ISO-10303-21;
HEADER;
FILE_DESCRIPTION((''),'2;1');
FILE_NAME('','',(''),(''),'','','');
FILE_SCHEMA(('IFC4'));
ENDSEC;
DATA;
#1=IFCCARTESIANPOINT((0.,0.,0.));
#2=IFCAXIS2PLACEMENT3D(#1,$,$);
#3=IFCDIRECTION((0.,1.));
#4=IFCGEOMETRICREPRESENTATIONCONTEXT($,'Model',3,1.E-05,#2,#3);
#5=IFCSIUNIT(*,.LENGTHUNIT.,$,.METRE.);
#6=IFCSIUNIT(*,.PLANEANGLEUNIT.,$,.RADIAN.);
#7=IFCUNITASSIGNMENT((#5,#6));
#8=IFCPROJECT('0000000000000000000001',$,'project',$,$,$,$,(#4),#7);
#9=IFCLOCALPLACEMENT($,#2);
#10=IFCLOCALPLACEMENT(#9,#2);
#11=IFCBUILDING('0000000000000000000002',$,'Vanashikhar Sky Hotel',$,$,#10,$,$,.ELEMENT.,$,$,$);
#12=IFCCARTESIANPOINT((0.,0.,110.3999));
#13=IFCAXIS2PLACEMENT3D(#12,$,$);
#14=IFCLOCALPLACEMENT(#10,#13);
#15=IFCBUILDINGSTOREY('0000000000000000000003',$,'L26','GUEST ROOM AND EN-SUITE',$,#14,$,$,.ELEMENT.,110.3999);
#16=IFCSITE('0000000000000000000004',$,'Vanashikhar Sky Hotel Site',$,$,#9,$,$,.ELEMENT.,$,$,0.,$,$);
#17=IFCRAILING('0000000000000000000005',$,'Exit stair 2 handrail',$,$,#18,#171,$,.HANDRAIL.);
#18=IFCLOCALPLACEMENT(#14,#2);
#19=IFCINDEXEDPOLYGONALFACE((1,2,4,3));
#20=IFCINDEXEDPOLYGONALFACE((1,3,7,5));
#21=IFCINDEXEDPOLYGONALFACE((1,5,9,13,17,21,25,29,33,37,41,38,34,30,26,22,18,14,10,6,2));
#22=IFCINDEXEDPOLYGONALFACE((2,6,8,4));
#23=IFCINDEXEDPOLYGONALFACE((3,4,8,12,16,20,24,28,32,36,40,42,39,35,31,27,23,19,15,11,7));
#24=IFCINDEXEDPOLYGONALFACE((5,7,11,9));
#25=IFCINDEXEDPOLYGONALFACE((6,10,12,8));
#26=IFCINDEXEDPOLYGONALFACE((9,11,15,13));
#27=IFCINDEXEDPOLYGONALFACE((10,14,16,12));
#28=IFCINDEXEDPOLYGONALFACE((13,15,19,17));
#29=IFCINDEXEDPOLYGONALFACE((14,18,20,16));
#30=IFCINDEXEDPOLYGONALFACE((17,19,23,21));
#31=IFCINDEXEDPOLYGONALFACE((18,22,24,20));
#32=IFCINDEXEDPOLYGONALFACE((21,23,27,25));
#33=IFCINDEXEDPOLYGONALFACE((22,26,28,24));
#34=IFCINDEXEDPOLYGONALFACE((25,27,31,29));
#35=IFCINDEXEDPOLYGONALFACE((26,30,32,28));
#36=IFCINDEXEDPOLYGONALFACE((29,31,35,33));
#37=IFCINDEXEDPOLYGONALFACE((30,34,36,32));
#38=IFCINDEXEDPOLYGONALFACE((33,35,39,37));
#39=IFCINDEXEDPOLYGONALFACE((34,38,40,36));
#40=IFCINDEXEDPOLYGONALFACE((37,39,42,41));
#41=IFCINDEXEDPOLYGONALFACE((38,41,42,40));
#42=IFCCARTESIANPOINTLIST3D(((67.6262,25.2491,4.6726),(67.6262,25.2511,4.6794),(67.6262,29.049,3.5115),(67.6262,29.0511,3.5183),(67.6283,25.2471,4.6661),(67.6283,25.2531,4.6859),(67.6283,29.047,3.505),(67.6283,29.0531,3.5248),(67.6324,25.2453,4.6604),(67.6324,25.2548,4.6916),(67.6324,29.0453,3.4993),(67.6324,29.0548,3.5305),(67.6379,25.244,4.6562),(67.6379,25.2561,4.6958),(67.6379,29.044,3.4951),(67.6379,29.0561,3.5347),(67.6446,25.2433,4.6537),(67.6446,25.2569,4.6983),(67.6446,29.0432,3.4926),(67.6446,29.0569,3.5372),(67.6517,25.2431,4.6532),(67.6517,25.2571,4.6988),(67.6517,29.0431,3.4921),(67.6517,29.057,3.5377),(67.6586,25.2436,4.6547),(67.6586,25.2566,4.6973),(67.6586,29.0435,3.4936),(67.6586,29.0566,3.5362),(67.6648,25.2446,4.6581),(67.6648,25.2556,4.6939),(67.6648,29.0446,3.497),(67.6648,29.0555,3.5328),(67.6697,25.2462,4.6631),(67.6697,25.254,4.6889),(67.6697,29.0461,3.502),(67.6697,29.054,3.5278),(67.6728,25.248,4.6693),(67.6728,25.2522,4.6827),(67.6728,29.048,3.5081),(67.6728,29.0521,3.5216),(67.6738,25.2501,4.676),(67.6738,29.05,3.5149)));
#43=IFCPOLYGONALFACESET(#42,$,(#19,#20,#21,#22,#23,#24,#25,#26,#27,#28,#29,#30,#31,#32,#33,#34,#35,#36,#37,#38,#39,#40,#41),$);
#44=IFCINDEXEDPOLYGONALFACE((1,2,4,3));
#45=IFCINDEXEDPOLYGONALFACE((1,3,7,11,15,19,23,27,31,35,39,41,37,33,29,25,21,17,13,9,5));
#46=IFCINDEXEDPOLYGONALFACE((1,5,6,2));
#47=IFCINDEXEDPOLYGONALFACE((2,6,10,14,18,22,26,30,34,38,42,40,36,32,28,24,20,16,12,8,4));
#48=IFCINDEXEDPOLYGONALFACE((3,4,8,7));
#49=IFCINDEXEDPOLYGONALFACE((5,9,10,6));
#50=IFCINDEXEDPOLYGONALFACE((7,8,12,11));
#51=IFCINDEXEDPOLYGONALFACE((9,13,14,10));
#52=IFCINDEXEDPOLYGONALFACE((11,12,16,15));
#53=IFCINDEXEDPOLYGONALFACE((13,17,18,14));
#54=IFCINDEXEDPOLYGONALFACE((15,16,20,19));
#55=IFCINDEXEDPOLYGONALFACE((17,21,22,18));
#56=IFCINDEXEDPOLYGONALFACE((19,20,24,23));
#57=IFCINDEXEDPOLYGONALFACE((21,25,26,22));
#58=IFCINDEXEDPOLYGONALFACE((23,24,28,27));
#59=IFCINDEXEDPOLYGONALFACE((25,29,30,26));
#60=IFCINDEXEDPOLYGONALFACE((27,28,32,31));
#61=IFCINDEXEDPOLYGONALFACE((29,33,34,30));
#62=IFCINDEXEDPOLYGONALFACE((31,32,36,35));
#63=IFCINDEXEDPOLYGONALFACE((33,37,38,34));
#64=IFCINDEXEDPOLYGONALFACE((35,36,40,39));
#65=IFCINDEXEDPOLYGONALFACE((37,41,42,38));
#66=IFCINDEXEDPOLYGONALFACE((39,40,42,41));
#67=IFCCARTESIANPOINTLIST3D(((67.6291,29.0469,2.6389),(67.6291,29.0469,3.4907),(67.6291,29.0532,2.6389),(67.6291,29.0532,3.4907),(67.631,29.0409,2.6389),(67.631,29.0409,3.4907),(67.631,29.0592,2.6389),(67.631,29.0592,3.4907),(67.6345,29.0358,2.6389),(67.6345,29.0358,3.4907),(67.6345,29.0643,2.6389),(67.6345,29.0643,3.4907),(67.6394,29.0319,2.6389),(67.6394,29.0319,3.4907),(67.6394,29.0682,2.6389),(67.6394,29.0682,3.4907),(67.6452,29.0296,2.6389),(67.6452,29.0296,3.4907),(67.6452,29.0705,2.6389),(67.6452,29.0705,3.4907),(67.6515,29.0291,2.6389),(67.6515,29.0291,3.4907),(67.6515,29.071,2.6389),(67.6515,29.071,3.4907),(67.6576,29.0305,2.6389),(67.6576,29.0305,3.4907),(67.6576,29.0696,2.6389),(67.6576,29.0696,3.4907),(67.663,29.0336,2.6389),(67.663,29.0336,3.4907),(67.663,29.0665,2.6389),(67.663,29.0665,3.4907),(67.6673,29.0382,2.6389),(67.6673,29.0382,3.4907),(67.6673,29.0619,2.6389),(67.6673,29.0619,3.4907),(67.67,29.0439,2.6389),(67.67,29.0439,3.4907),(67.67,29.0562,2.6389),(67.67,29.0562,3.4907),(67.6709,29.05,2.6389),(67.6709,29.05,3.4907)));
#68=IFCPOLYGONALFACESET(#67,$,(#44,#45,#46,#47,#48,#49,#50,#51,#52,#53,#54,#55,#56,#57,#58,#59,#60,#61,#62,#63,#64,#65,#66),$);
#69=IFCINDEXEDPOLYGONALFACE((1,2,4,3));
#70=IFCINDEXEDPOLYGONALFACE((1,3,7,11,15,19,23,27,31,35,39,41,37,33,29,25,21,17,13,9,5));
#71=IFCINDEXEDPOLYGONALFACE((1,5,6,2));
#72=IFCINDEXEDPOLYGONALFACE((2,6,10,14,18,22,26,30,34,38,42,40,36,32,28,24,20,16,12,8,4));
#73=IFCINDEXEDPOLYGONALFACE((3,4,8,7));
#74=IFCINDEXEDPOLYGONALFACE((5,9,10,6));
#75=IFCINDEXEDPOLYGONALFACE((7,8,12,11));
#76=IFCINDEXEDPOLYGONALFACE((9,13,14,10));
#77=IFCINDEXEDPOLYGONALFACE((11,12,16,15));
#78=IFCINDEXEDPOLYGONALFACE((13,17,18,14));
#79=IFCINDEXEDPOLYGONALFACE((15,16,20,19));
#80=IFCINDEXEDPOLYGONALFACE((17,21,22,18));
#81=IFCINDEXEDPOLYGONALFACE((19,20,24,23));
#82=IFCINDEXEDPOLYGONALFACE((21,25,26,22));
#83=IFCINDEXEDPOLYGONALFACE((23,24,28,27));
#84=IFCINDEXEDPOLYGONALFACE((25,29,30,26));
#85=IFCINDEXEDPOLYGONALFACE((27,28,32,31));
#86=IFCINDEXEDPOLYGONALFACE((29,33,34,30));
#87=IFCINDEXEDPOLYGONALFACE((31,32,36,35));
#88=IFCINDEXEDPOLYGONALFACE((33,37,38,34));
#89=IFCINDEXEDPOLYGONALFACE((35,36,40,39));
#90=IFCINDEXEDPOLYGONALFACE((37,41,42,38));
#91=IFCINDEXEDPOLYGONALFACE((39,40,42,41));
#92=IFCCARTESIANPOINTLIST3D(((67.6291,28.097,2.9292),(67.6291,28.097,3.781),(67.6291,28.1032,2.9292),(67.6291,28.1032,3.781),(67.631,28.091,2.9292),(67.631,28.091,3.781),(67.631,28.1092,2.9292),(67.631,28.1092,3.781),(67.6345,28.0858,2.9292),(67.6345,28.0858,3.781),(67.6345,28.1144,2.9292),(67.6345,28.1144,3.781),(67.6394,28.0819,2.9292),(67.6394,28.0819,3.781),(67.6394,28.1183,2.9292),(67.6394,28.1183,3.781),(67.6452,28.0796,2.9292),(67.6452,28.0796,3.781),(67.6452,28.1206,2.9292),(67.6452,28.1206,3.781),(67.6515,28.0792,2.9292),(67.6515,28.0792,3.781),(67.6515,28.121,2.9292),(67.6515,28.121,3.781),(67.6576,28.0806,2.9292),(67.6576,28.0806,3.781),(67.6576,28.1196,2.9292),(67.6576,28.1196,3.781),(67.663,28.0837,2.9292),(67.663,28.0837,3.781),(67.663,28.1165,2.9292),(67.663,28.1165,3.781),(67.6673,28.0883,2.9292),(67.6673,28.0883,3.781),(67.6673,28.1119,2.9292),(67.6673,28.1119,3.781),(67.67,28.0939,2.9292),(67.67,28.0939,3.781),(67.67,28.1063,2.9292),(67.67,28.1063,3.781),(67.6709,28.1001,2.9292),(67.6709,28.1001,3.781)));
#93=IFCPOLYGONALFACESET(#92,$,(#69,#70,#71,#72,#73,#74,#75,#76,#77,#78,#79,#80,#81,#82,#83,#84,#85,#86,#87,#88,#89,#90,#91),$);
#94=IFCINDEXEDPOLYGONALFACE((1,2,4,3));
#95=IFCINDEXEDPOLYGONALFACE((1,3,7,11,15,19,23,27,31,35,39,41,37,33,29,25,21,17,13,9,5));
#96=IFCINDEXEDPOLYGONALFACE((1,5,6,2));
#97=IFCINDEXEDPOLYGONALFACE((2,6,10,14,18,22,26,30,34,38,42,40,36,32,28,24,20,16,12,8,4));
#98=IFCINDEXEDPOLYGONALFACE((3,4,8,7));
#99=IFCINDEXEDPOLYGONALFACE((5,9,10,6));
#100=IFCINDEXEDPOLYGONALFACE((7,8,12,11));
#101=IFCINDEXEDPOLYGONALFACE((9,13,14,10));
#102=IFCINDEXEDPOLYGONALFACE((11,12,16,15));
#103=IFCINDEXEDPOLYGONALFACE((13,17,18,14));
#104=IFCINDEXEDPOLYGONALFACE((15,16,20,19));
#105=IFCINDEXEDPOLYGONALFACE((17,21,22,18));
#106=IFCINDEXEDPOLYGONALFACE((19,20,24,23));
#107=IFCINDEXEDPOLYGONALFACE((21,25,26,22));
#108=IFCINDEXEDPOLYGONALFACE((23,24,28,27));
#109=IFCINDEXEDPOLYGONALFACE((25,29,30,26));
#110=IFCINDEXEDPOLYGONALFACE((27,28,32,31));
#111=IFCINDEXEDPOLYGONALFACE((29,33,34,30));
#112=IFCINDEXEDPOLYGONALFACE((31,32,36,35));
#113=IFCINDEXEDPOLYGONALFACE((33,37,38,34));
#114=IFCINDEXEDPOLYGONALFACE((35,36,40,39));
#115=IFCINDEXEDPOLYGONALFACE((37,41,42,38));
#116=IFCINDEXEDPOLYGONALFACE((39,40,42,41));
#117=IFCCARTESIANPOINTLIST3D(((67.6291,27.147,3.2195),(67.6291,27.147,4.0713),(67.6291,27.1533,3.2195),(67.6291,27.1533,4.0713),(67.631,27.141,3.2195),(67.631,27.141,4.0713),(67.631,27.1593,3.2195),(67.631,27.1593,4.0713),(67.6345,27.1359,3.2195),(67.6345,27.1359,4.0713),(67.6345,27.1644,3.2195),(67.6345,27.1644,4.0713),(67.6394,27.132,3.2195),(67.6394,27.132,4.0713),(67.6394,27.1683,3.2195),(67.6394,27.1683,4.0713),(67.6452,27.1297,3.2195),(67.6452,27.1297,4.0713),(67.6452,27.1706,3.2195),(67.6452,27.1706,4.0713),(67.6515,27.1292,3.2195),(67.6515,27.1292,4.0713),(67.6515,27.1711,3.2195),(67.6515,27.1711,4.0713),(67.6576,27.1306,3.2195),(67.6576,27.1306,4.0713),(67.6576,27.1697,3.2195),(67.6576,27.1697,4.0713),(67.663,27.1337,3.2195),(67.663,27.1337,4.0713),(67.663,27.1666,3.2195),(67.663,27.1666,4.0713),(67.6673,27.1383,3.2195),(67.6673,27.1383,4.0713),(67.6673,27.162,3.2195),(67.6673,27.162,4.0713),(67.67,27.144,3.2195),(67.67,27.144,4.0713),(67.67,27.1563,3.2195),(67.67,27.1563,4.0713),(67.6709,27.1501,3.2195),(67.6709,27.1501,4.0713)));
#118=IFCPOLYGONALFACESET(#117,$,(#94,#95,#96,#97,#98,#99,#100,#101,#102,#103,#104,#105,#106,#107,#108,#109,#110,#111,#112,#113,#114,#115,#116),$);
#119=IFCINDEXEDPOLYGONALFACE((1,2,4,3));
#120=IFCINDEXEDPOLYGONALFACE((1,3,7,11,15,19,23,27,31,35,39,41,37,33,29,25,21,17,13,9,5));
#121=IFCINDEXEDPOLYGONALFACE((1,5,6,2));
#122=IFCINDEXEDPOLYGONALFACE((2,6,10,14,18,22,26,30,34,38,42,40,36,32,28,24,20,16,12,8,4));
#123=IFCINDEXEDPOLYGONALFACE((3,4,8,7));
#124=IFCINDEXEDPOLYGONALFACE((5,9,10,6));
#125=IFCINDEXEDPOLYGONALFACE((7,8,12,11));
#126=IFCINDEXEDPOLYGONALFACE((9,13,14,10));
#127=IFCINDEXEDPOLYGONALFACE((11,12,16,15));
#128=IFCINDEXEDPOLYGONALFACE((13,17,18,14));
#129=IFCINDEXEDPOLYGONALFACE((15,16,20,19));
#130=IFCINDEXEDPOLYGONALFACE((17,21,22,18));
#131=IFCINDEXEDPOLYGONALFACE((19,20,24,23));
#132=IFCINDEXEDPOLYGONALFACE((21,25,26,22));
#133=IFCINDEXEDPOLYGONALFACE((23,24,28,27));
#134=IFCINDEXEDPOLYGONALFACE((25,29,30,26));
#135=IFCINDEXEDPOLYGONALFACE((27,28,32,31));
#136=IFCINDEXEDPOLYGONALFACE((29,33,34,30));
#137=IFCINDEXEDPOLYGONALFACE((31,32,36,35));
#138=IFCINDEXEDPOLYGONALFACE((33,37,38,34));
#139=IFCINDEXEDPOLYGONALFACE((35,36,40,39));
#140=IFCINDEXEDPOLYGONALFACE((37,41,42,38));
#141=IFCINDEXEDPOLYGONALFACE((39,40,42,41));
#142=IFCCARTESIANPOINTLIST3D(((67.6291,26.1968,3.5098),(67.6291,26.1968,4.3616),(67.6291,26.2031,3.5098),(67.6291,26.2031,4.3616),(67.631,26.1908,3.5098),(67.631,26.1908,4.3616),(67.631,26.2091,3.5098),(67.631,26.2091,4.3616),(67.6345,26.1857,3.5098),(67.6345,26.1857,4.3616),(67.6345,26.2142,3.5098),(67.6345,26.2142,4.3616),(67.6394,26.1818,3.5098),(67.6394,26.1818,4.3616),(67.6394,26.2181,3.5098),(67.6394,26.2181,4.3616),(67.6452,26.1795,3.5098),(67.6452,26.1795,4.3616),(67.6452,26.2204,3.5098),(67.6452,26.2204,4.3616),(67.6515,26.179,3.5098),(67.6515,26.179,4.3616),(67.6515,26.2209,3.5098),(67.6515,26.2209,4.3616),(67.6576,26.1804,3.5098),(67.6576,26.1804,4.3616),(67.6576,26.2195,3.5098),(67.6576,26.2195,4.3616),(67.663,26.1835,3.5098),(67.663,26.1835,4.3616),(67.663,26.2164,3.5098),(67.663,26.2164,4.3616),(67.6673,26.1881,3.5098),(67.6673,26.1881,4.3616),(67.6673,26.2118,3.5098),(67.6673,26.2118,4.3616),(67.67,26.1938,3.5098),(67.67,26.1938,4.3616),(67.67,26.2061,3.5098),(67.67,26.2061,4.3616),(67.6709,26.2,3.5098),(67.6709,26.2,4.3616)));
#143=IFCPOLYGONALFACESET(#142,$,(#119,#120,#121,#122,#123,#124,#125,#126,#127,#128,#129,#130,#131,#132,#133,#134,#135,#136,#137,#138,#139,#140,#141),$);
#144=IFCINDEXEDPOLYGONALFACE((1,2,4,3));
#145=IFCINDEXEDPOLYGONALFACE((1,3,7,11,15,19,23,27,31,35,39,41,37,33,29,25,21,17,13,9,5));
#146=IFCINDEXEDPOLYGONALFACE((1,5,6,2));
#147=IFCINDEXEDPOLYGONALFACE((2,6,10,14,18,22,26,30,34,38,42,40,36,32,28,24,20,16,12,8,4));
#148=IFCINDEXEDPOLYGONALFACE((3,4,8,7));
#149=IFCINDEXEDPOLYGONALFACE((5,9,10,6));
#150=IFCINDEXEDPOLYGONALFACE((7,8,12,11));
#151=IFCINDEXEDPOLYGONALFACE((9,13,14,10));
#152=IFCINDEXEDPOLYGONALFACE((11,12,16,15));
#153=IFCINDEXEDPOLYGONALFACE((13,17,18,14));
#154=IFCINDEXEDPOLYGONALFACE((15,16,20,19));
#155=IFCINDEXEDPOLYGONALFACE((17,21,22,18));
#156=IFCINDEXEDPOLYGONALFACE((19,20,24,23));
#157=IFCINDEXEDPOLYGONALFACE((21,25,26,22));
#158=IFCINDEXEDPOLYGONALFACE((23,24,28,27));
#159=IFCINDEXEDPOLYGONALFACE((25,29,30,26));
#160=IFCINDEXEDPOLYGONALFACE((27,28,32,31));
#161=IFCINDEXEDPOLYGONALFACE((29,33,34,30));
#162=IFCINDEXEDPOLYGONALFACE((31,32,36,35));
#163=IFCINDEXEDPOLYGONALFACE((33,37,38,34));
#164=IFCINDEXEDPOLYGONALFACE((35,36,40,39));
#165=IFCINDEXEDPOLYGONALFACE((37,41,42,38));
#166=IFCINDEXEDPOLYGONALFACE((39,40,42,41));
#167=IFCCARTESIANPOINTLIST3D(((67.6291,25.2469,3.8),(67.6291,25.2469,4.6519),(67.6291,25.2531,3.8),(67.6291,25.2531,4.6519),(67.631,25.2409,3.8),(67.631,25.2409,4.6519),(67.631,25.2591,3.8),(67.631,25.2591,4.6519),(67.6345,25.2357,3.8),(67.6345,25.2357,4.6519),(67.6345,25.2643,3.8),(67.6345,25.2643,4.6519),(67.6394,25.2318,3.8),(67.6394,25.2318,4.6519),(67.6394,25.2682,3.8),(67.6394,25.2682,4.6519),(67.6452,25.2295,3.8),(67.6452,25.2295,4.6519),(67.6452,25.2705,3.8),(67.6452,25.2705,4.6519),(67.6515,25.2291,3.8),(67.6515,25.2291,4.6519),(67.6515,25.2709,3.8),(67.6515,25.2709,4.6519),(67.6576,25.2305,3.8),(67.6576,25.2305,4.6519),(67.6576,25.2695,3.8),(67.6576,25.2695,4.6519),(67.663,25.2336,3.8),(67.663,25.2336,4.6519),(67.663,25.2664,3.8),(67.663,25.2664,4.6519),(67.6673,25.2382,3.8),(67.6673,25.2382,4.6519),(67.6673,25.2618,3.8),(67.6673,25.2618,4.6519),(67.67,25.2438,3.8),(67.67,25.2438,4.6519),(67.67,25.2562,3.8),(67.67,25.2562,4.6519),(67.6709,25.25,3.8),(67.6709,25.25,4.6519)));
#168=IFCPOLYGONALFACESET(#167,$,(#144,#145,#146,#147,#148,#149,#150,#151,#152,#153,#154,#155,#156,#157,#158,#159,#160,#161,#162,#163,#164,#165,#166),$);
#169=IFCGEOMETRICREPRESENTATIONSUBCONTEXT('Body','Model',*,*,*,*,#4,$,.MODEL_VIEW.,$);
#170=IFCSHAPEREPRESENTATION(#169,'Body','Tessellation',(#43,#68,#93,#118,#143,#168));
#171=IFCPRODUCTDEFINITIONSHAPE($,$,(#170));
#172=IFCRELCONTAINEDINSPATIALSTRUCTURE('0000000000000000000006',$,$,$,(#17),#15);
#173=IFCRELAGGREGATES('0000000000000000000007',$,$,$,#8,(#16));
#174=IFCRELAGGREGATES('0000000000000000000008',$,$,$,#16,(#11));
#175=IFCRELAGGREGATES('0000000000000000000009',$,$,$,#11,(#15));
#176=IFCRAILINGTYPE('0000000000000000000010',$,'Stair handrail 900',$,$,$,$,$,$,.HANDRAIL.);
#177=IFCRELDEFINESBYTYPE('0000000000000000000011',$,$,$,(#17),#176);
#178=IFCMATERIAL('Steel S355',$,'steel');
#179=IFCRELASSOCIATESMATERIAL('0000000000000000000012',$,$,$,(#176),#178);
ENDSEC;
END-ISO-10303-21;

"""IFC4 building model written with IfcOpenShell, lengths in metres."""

from ifc_helpers import new_model, si_unit, direction, frame, origin, origin_2d, place, context, subcontext, project, spatial, circle, extrude, source, transform, mapped, material, type_object, element, save


model = new_model("IFC4")

# Units and contexts
model_context = context("Model", 3, precision=1e-05, world=origin(), true_north=direction((0.0, 1.0)))
body_context = subcontext(model_context, "Body", "Model", "MODEL_VIEW")
ifc_project = project(units=[si_unit("LENGTHUNIT", "METRE"), si_unit("PLANEANGLEUNIT", "RADIAN")], contexts=[model_context])

# Site, building, storey
site_placement = place(None, origin())
site = spatial("IfcSite", under=ifc_project, at=site_placement, Name="Vanashikhar Sky Hotel Site", CompositionType="ELEMENT", RefElevation=0.0)
building_placement = place(site_placement, origin())
building = spatial("IfcBuilding", under=site, at=building_placement, Name="Vanashikhar Sky Hotel", CompositionType="ELEMENT")
storey_placement = place(building_placement, frame((0.0, 0.0, 110.3999)))
storey = spatial("IfcBuildingStorey", under=building, at=storey_placement, Name="L26", Description="GUEST ROOM AND EN-SUITE", CompositionType="ELEMENT", Elevation=110.3999)

# Railing
ifc_material_1 = material(Name="Steel S355", Category="steel")
railing_type_1 = type_object("IfcRailingType", Name="Stair handrail 900", PredefinedType="HANDRAIL", material=ifc_material_1)
shared_shape_1 = source(origin(), body_context, "Body", "SweptSolid", [
    extrude(circle(Radius=0.0239, at=origin_2d()), frame((0.0, 0.0, 0.876), z_axis=(0.0, -0.956351, 0.29222), x_axis=(1.0, 0.0, 0.0)), (0.0, 0.0, 1.0), 3.9734),
    extrude(circle(Radius=0.021, at=origin_2d()), origin(), (0.0, 0.0, 1.0), 0.8518),
    extrude(circle(Radius=0.021, at=origin_2d()), frame((0.0, -0.95, 0.2903)), (0.0, 0.0, 1.0), 0.8518),
    extrude(circle(Radius=0.021, at=origin_2d()), frame((0.0, -1.8999, 0.5806)), (0.0, 0.0, 1.0), 0.8518),
    extrude(circle(Radius=0.021, at=origin_2d()), frame((0.0, -2.8501, 0.8708)), (0.0, 0.0, 1.0), 0.8518),
    extrude(circle(Radius=0.021, at=origin_2d()), frame((0.0, -3.8, 1.1611)), (0.0, 0.0, 1.0), 0.8518),
])
for number, where, name in (
    (1, (67.6499, 29.05, 2.6389), "Exit stair 2 handrail"),
):
    element("IfcRailing", number, at=place(storey_placement, frame(where)), inside=storey, type_object=railing_type_1, Name=name, PredefinedType="HANDRAIL", context=body_context, shape_type="MappedRepresentation", body=[
        mapped(shared_shape_1, transform((0.0, 0.0, 0.0), scale=1.0)),
    ])

save(model, "model.ifc")
